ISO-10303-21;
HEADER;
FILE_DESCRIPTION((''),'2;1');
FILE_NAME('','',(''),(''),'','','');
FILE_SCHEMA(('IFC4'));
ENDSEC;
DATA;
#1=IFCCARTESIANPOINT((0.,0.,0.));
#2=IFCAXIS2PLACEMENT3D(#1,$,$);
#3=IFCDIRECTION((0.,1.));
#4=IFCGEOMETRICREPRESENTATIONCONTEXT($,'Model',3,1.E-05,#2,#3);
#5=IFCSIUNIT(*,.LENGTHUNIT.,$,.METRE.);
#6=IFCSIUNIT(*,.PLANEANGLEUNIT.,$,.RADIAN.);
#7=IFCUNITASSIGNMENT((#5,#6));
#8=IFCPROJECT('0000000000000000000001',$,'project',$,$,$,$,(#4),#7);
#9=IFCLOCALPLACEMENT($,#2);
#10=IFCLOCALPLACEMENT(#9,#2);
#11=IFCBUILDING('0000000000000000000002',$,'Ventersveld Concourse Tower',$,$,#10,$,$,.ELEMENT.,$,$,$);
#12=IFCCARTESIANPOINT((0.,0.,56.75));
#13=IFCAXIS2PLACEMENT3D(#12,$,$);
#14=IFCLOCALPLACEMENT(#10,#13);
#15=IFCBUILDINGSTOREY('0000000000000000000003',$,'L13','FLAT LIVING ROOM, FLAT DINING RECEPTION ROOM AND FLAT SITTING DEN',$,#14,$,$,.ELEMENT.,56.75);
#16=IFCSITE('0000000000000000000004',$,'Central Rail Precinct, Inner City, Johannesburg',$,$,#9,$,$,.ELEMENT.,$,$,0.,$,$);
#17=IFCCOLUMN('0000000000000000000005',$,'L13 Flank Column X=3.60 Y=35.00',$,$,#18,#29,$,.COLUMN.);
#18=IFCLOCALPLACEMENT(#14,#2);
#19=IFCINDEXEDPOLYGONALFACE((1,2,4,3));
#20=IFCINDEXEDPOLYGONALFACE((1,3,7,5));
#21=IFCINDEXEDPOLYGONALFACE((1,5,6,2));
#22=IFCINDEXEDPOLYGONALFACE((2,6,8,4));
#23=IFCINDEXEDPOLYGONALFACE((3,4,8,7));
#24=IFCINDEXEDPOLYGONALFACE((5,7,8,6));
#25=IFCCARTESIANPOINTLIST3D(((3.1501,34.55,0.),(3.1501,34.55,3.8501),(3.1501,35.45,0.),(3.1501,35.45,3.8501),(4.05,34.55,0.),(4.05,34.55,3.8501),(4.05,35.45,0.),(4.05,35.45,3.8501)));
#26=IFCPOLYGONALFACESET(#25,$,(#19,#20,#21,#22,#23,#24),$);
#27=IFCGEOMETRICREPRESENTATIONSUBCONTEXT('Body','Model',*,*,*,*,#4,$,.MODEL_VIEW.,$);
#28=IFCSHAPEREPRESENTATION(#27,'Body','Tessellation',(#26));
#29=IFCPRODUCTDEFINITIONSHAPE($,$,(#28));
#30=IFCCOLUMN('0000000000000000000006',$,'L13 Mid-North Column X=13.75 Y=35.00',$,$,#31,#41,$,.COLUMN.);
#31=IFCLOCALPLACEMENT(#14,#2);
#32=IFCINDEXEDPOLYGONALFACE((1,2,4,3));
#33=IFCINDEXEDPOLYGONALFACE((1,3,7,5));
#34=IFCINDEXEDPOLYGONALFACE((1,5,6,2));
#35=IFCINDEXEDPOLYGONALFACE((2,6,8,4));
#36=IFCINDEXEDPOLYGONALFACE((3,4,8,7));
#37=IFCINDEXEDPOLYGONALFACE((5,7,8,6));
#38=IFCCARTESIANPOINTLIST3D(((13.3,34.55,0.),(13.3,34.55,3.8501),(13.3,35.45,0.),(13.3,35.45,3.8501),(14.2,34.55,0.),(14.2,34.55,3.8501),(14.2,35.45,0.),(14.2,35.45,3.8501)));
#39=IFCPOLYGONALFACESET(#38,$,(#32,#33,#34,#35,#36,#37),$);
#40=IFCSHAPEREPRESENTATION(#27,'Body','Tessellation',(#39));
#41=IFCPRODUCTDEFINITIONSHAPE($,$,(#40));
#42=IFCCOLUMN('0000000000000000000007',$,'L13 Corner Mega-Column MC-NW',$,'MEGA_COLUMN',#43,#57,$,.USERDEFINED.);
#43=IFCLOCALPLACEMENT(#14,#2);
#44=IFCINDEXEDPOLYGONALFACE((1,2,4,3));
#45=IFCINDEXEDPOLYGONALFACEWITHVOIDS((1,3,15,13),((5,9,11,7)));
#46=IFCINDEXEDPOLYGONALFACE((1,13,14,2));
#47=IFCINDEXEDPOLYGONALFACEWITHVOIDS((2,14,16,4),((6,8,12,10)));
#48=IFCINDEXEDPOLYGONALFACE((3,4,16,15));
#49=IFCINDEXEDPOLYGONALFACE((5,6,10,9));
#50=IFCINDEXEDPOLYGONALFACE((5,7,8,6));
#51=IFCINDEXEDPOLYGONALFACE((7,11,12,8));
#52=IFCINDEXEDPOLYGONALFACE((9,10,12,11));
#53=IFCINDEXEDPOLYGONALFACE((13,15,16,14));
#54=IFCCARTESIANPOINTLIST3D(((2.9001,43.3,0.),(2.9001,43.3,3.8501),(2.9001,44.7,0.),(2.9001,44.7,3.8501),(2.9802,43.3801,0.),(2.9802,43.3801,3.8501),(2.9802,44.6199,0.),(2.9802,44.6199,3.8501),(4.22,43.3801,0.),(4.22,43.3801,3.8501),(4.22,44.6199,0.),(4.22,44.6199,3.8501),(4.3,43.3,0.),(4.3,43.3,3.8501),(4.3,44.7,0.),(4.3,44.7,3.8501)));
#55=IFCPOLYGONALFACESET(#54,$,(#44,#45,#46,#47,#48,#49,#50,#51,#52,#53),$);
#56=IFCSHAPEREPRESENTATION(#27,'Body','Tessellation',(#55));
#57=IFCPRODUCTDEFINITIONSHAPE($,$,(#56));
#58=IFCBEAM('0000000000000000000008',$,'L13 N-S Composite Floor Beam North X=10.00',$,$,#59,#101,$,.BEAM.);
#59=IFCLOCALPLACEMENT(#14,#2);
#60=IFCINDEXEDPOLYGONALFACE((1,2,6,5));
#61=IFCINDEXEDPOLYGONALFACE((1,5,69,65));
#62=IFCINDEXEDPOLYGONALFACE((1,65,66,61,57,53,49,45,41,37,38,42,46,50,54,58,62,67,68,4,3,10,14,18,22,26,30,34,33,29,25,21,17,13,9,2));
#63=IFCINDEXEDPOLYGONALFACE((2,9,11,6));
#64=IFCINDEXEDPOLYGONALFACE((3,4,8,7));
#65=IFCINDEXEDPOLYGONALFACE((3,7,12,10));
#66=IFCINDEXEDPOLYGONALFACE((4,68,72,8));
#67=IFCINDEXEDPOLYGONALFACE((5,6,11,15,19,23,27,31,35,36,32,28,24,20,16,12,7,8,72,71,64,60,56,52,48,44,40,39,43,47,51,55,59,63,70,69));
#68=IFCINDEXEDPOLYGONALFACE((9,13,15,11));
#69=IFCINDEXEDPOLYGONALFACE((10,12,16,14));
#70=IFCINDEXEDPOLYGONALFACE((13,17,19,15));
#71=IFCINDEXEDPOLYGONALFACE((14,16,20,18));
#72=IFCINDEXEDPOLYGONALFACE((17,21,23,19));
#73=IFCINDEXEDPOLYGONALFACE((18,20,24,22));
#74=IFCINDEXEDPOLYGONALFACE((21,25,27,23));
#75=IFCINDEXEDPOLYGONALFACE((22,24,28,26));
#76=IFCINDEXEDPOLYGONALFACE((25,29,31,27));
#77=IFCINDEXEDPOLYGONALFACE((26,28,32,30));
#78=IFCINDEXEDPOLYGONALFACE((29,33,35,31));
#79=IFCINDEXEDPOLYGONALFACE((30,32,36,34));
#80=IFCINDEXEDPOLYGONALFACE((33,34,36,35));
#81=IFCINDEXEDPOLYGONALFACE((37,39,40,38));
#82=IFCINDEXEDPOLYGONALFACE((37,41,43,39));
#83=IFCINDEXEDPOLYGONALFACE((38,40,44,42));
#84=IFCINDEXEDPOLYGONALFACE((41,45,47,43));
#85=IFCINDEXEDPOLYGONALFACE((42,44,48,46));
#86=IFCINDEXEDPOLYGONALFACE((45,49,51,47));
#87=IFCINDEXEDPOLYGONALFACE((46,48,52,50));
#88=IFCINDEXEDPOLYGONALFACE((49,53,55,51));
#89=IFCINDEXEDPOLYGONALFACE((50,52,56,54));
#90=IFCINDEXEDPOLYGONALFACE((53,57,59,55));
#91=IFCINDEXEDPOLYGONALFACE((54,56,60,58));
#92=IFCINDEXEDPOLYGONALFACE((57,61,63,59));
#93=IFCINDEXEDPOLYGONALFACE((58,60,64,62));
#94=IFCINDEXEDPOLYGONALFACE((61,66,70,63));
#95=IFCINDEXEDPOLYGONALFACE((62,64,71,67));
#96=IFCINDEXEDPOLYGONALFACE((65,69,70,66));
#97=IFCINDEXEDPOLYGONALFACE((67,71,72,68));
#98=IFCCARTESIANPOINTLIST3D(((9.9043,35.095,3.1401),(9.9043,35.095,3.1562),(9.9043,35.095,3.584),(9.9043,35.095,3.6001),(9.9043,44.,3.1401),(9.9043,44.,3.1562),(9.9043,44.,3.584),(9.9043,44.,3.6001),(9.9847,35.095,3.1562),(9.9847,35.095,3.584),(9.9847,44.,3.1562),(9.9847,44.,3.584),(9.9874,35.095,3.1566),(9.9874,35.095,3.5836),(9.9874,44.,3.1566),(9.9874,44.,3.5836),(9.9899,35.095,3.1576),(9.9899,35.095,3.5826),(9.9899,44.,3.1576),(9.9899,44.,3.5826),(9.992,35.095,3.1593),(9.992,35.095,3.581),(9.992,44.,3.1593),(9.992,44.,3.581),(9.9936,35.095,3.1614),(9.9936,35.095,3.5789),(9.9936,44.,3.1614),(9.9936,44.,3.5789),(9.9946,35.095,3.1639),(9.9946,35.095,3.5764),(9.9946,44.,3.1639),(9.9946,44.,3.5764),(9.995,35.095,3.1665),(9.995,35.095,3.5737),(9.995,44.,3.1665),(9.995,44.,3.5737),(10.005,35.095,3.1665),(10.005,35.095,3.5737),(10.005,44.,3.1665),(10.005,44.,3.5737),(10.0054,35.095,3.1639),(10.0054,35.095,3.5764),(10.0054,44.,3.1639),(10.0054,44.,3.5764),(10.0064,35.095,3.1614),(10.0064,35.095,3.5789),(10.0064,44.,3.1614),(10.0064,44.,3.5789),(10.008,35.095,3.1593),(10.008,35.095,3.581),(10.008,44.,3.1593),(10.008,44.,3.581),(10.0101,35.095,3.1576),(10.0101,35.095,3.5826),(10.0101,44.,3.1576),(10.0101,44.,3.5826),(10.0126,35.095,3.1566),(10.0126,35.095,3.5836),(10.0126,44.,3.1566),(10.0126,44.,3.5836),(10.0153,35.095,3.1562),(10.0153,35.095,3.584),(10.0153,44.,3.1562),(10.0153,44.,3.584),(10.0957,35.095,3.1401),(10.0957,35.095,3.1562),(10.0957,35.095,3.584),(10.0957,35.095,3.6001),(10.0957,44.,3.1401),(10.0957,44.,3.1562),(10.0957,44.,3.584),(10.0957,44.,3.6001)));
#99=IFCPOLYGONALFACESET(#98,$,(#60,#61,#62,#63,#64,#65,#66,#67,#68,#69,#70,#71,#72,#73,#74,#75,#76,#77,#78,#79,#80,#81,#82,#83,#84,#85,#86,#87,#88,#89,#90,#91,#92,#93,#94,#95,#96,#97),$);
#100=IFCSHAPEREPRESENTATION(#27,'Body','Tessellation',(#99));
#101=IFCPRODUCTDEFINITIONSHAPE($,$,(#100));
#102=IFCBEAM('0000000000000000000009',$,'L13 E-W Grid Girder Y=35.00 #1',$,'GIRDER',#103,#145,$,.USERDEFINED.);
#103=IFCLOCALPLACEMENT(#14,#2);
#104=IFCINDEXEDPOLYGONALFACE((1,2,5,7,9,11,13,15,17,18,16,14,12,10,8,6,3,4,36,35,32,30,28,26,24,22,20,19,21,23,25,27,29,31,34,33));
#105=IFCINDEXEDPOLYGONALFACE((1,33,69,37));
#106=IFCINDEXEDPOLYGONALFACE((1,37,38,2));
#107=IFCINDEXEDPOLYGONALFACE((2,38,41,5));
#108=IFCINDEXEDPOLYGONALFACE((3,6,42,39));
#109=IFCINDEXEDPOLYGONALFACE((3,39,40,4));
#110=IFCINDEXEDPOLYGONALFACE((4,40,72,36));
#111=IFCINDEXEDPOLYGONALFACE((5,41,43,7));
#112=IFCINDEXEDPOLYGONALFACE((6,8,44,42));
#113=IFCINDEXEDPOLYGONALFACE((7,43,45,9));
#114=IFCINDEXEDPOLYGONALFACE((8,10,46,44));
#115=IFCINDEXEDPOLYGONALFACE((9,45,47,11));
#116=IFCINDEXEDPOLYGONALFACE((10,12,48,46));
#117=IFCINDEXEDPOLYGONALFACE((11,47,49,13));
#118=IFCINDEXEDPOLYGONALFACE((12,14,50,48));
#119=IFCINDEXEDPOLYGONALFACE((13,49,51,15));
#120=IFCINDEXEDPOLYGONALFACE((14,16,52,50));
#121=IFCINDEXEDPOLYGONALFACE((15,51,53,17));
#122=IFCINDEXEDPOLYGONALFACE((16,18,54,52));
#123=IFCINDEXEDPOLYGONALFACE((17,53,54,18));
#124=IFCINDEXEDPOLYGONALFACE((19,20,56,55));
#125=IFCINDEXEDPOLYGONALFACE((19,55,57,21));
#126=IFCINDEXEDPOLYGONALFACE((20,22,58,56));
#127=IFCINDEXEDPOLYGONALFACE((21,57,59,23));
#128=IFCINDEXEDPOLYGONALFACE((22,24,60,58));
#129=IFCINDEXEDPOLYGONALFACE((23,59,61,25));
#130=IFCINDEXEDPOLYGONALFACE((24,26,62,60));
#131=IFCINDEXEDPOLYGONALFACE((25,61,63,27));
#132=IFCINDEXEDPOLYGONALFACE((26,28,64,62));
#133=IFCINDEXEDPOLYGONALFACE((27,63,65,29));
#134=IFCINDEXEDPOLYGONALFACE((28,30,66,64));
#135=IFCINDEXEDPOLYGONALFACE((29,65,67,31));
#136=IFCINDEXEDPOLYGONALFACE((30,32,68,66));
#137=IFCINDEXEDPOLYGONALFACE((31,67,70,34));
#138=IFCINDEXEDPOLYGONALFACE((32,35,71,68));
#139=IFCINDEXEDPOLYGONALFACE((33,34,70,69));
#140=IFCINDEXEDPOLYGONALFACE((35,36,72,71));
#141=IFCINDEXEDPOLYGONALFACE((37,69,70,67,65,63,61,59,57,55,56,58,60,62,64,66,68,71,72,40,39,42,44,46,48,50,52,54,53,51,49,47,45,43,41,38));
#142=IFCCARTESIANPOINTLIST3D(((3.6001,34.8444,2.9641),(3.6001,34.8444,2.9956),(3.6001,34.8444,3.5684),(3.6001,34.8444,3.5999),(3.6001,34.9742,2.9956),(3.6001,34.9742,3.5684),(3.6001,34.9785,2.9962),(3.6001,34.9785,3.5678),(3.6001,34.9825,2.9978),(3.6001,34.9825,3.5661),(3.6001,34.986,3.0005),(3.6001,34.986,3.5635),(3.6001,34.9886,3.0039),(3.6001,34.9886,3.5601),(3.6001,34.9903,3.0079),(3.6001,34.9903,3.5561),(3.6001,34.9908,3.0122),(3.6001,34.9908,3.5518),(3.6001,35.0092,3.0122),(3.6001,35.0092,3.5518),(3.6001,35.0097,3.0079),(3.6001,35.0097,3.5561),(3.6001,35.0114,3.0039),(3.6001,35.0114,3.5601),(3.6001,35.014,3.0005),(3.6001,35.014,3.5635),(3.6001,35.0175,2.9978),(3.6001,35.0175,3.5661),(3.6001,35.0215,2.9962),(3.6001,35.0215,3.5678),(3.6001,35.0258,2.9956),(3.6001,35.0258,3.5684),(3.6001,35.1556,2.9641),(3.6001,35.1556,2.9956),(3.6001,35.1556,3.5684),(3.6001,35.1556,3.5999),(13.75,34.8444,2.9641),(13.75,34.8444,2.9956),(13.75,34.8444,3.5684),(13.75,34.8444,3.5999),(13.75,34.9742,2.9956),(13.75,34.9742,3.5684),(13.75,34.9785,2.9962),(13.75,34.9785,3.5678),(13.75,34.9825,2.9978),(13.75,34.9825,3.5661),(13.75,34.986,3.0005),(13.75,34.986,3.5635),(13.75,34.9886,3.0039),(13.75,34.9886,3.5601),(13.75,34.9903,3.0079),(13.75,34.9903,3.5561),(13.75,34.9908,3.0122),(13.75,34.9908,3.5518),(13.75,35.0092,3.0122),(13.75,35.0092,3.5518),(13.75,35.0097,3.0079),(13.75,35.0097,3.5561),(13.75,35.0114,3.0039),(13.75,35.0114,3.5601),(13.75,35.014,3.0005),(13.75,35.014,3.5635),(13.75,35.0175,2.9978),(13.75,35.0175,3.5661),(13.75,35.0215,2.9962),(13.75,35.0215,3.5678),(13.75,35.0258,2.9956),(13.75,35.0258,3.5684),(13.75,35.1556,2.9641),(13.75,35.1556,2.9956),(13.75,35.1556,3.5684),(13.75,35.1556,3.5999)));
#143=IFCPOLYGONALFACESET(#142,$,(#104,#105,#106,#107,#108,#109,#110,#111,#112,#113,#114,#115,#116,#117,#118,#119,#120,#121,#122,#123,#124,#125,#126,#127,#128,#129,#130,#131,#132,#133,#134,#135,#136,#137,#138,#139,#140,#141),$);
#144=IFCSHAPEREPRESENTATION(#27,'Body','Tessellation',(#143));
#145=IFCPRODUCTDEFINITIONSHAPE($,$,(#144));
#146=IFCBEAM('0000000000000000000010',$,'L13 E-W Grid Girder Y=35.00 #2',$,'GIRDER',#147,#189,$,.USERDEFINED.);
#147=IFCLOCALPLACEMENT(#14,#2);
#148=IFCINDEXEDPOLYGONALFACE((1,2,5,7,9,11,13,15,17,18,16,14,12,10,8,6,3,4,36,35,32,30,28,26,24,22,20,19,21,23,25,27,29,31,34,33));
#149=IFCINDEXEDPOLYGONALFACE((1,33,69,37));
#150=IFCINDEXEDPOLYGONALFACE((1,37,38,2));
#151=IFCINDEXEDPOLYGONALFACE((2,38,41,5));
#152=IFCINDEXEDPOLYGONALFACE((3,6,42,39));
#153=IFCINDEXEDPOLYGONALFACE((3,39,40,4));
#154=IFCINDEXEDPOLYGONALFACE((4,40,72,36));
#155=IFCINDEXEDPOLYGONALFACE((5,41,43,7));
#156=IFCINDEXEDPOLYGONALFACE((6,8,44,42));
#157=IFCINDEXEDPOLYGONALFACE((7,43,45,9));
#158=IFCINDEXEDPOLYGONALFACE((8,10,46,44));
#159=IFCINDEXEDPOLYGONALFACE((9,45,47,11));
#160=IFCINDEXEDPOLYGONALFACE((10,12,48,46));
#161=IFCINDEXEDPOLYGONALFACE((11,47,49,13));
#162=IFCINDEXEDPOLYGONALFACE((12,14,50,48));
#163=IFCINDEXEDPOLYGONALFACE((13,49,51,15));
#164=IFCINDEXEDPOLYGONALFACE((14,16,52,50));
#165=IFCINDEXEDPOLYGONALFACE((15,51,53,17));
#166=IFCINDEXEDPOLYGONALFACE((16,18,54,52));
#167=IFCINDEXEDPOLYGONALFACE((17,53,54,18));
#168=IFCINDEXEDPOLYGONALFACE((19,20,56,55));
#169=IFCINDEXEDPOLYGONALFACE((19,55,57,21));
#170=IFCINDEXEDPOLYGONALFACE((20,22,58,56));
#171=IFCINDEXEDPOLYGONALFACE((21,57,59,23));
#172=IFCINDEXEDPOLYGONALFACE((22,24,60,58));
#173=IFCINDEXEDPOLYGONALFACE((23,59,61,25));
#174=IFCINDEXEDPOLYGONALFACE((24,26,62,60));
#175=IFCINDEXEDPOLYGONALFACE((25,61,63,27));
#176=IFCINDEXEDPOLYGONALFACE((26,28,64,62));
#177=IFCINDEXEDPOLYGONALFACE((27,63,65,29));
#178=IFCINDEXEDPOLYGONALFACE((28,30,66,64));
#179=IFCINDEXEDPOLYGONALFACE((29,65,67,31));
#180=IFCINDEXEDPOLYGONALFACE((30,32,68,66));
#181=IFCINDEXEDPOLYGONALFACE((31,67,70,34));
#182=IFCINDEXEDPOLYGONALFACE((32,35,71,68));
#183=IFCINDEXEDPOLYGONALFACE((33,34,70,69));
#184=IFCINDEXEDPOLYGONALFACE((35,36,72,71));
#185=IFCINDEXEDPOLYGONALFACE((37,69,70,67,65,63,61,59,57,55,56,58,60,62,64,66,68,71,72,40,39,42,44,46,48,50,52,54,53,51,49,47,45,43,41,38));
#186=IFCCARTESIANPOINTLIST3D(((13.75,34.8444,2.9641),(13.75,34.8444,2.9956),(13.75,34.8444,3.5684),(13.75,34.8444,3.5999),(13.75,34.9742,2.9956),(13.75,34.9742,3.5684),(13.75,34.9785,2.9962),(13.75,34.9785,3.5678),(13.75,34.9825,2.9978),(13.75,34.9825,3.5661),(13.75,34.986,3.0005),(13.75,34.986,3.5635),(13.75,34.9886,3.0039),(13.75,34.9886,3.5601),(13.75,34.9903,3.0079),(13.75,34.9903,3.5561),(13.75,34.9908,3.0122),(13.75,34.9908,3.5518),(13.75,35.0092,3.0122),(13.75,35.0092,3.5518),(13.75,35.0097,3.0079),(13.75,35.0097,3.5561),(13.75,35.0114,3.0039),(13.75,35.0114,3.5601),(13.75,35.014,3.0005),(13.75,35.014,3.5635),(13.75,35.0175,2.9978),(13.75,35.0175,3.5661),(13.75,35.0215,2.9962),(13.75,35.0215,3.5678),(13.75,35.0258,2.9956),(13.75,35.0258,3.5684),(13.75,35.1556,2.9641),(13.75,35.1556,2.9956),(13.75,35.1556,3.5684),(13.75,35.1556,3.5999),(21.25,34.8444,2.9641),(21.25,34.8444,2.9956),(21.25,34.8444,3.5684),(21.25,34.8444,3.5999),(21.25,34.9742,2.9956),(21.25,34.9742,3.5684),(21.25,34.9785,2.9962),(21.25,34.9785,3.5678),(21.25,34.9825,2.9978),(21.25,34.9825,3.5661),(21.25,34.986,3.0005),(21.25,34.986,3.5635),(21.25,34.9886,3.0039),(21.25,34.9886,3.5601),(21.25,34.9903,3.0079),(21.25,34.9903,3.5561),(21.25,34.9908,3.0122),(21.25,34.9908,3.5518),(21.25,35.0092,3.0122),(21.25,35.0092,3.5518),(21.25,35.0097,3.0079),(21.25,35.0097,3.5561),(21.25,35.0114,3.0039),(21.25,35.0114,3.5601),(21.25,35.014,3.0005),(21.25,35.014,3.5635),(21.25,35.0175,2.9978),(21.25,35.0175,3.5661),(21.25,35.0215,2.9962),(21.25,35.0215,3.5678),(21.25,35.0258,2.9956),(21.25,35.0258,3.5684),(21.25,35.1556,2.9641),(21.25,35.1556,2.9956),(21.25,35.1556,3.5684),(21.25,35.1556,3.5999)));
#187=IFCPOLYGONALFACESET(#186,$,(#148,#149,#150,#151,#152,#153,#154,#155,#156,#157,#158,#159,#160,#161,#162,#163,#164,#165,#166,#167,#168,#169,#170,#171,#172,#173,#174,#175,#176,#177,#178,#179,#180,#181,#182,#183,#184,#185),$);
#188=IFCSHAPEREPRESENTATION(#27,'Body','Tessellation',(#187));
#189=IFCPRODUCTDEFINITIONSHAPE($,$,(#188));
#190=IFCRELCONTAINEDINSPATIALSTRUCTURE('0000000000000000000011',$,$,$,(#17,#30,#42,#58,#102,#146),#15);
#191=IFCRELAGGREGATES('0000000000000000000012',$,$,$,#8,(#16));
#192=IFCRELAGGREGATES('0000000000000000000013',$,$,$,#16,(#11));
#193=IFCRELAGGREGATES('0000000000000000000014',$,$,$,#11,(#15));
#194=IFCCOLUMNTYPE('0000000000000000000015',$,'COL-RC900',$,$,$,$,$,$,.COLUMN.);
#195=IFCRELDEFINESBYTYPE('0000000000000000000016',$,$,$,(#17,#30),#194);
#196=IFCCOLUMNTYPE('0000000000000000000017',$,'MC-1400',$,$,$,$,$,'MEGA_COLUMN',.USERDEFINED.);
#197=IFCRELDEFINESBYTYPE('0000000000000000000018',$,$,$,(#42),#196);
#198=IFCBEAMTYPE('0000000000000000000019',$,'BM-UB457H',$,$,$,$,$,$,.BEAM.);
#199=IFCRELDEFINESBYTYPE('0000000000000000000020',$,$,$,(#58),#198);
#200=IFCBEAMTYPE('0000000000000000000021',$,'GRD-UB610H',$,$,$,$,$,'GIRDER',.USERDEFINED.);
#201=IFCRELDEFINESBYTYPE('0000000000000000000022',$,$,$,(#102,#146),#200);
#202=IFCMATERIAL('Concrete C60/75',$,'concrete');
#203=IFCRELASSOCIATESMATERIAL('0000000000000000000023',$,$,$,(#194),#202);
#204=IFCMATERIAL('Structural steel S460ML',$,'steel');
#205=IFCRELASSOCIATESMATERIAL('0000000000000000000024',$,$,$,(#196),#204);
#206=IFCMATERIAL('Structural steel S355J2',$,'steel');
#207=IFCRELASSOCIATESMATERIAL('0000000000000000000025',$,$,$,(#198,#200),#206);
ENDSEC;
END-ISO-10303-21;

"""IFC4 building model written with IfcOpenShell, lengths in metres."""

from ifc_helpers import new_model, si_unit, direction, frame, origin, origin_2d, place, context, subcontext, project, spatial, rectangle, hollow_rectangle, i_section, extrude, material, material_profile, profile_set, type_object, element, save


model = new_model("IFC4")

# Units and contexts
model_context = context("Model", 3, precision=1e-05, world=origin(), true_north=direction((0.0, 1.0)))
body_context = subcontext(model_context, "Body", "Model", "MODEL_VIEW")
ifc_project = project(units=[si_unit("LENGTHUNIT", "METRE"), si_unit("PLANEANGLEUNIT", "RADIAN")], contexts=[model_context])

# Site, building, storey
site_placement = place(None, origin())
site = spatial("IfcSite", under=ifc_project, at=site_placement, Name="Central Rail Precinct, Inner City, Johannesburg", CompositionType="ELEMENT", RefElevation=0.0)
building_placement = place(site_placement, origin())
building = spatial("IfcBuilding", under=site, at=building_placement, Name="Ventersveld Concourse Tower", CompositionType="ELEMENT")
storey_placement = place(building_placement, frame((0.0, 0.0, 56.75)))
storey = spatial("IfcBuildingStorey", under=building, at=storey_placement, Name="L13", Description="FLAT LIVING ROOM, FLAT DINING RECEPTION ROOM AND FLAT SITTING DEN", CompositionType="ELEMENT", Elevation=56.75)

# Columns
ifc_material_1 = material(Name="Concrete C60/75", Category="concrete")
ifc_material_profile_1 = material_profile(ifc_material_1, rectangle(XDim=0.8999, YDim=0.8999, at=origin_2d()), Name="RC 900x900")
ifc_profile_set_1 = profile_set([ifc_material_profile_1], Name="Concrete C60/75")
column_type_1 = type_object("IfcColumnType", Name="COL-RC900", PredefinedType="COLUMN", material=ifc_profile_set_1)
for number, where, z_axis, x_axis, name in (
    (1, (3.6001, 35.0, 0.0), (0.0, 0.0, 1.0), (1.0, 0.0, 0.0), "L13 Flank Column X=3.60 Y=35.00"),
    (2, (13.75, 35.0, 0.0), (0.0, 0.0, 1.0), (1.0, 0.0, 0.0), "L13 Mid-North Column X=13.75 Y=35.00"),
):
    element("IfcColumn", number, at=place(storey_placement, frame(where, z_axis=z_axis, x_axis=x_axis)), inside=storey, type_object=column_type_1, Name=name, PredefinedType="COLUMN", context=body_context, shape_type="SweptSolid", body=[
        extrude(rectangle(XDim=0.8999, YDim=0.8999, at=origin_2d()), origin(), (0.0, 0.0, 1.0), 3.8501),
    ])
ifc_material_2 = material(Name="Structural steel S460ML", Category="steel")
ifc_material_profile_2 = material_profile(ifc_material_2, hollow_rectangle(XDim=1.3999, YDim=1.3999, WallThickness=0.0801, at=origin_2d()), Name="BOX 1400x1400x80")
ifc_profile_set_2 = profile_set([ifc_material_profile_2], Name="Structural steel S460ML")
column_type_2 = type_object("IfcColumnType", Name="MC-1400", ElementType="MEGA_COLUMN", PredefinedType="USERDEFINED", material=ifc_profile_set_2)
column_placement = place(storey_placement, frame((3.6001, 44.0, 0.0), z_axis=(0.0, 0.0, 1.0), x_axis=(1.0, 0.0, 0.0)))
element("IfcColumn", 3, at=column_placement, inside=storey, type_object=column_type_2, Name="L13 Corner Mega-Column MC-NW", ObjectType="MEGA_COLUMN", PredefinedType="USERDEFINED", context=body_context, shape_type="SweptSolid", body=[
    extrude(hollow_rectangle(XDim=1.3999, YDim=1.3999, WallThickness=0.0801, at=origin_2d()), origin(), (0.0, 0.0, 1.0), 3.8501),
])

# Beams
ifc_material_3 = material(Name="Structural steel S355J2", Category="steel")
ifc_material_profile_3 = material_profile(ifc_material_3, i_section(OverallWidth=0.1914, OverallDepth=0.46, WebThickness=0.01, FlangeThickness=0.0161, FilletRadius=0.0103, at=origin_2d()), Name="UB 457x191x82")
ifc_profile_set_3 = profile_set([ifc_material_profile_3], Name="Structural steel S355J2")
beam_type_1 = type_object("IfcBeamType", Name="BM-UB457H", PredefinedType="BEAM", material=ifc_profile_set_3)
beam_1_placement = place(storey_placement, frame((10.0, 35.095, 3.3701), z_axis=(0.0, 1.0, 0.0), x_axis=(-1.0, 0.0, 0.0)))
element("IfcBeam", 4, at=beam_1_placement, inside=storey, type_object=beam_type_1, Name="L13 N-S Composite Floor Beam North X=10.00", PredefinedType="BEAM", context=body_context, shape_type="SweptSolid", body=[
    extrude(i_section(OverallWidth=0.1914, OverallDepth=0.46, WebThickness=0.01, FlangeThickness=0.0161, FilletRadius=0.0103, at=origin_2d()), origin(), (0.0, 0.0, 1.0), 8.905),
])
ifc_material_profile_4 = material_profile(ifc_material_3, i_section(OverallWidth=0.3113, OverallDepth=0.6357, WebThickness=0.0183, FlangeThickness=0.0315, FilletRadius=0.0166, at=origin_2d()), Name="UB 610x305x238")
ifc_profile_set_4 = profile_set([ifc_material_profile_4], Name="Structural steel S355J2")
beam_type_2 = type_object("IfcBeamType", Name="GRD-UB610H", ElementType="GIRDER", PredefinedType="USERDEFINED", material=ifc_profile_set_4)
beam_2_placement = place(storey_placement, frame((3.6001, 35.0, 3.282), z_axis=(1.0, 0.0, 0.0), x_axis=(0.0, 1.0, 0.0)))
element("IfcBeam", 5, at=beam_2_placement, inside=storey, type_object=beam_type_2, Name="L13 E-W Grid Girder Y=35.00 #1", ObjectType="GIRDER", PredefinedType="USERDEFINED", context=body_context, shape_type="SweptSolid", body=[
    extrude(i_section(OverallWidth=0.3113, OverallDepth=0.6357, WebThickness=0.0183, FlangeThickness=0.0315, FilletRadius=0.0166, at=origin_2d()), origin(), (0.0, 0.0, 1.0), 10.1499),
])
beam_3_placement = place(storey_placement, frame((13.75, 35.0, 3.282), z_axis=(1.0, 0.0, 0.0), x_axis=(0.0, 1.0, 0.0)))
element("IfcBeam", 6, at=beam_3_placement, inside=storey, type_object=beam_type_2, Name="L13 E-W Grid Girder Y=35.00 #2", ObjectType="GIRDER", PredefinedType="USERDEFINED", context=body_context, shape_type="SweptSolid", body=[
    extrude(i_section(OverallWidth=0.3113, OverallDepth=0.6357, WebThickness=0.0183, FlangeThickness=0.0315, FilletRadius=0.0166, at=origin_2d()), origin(), (0.0, 0.0, 1.0), 7.5),
])

save(model, "model.ifc")
